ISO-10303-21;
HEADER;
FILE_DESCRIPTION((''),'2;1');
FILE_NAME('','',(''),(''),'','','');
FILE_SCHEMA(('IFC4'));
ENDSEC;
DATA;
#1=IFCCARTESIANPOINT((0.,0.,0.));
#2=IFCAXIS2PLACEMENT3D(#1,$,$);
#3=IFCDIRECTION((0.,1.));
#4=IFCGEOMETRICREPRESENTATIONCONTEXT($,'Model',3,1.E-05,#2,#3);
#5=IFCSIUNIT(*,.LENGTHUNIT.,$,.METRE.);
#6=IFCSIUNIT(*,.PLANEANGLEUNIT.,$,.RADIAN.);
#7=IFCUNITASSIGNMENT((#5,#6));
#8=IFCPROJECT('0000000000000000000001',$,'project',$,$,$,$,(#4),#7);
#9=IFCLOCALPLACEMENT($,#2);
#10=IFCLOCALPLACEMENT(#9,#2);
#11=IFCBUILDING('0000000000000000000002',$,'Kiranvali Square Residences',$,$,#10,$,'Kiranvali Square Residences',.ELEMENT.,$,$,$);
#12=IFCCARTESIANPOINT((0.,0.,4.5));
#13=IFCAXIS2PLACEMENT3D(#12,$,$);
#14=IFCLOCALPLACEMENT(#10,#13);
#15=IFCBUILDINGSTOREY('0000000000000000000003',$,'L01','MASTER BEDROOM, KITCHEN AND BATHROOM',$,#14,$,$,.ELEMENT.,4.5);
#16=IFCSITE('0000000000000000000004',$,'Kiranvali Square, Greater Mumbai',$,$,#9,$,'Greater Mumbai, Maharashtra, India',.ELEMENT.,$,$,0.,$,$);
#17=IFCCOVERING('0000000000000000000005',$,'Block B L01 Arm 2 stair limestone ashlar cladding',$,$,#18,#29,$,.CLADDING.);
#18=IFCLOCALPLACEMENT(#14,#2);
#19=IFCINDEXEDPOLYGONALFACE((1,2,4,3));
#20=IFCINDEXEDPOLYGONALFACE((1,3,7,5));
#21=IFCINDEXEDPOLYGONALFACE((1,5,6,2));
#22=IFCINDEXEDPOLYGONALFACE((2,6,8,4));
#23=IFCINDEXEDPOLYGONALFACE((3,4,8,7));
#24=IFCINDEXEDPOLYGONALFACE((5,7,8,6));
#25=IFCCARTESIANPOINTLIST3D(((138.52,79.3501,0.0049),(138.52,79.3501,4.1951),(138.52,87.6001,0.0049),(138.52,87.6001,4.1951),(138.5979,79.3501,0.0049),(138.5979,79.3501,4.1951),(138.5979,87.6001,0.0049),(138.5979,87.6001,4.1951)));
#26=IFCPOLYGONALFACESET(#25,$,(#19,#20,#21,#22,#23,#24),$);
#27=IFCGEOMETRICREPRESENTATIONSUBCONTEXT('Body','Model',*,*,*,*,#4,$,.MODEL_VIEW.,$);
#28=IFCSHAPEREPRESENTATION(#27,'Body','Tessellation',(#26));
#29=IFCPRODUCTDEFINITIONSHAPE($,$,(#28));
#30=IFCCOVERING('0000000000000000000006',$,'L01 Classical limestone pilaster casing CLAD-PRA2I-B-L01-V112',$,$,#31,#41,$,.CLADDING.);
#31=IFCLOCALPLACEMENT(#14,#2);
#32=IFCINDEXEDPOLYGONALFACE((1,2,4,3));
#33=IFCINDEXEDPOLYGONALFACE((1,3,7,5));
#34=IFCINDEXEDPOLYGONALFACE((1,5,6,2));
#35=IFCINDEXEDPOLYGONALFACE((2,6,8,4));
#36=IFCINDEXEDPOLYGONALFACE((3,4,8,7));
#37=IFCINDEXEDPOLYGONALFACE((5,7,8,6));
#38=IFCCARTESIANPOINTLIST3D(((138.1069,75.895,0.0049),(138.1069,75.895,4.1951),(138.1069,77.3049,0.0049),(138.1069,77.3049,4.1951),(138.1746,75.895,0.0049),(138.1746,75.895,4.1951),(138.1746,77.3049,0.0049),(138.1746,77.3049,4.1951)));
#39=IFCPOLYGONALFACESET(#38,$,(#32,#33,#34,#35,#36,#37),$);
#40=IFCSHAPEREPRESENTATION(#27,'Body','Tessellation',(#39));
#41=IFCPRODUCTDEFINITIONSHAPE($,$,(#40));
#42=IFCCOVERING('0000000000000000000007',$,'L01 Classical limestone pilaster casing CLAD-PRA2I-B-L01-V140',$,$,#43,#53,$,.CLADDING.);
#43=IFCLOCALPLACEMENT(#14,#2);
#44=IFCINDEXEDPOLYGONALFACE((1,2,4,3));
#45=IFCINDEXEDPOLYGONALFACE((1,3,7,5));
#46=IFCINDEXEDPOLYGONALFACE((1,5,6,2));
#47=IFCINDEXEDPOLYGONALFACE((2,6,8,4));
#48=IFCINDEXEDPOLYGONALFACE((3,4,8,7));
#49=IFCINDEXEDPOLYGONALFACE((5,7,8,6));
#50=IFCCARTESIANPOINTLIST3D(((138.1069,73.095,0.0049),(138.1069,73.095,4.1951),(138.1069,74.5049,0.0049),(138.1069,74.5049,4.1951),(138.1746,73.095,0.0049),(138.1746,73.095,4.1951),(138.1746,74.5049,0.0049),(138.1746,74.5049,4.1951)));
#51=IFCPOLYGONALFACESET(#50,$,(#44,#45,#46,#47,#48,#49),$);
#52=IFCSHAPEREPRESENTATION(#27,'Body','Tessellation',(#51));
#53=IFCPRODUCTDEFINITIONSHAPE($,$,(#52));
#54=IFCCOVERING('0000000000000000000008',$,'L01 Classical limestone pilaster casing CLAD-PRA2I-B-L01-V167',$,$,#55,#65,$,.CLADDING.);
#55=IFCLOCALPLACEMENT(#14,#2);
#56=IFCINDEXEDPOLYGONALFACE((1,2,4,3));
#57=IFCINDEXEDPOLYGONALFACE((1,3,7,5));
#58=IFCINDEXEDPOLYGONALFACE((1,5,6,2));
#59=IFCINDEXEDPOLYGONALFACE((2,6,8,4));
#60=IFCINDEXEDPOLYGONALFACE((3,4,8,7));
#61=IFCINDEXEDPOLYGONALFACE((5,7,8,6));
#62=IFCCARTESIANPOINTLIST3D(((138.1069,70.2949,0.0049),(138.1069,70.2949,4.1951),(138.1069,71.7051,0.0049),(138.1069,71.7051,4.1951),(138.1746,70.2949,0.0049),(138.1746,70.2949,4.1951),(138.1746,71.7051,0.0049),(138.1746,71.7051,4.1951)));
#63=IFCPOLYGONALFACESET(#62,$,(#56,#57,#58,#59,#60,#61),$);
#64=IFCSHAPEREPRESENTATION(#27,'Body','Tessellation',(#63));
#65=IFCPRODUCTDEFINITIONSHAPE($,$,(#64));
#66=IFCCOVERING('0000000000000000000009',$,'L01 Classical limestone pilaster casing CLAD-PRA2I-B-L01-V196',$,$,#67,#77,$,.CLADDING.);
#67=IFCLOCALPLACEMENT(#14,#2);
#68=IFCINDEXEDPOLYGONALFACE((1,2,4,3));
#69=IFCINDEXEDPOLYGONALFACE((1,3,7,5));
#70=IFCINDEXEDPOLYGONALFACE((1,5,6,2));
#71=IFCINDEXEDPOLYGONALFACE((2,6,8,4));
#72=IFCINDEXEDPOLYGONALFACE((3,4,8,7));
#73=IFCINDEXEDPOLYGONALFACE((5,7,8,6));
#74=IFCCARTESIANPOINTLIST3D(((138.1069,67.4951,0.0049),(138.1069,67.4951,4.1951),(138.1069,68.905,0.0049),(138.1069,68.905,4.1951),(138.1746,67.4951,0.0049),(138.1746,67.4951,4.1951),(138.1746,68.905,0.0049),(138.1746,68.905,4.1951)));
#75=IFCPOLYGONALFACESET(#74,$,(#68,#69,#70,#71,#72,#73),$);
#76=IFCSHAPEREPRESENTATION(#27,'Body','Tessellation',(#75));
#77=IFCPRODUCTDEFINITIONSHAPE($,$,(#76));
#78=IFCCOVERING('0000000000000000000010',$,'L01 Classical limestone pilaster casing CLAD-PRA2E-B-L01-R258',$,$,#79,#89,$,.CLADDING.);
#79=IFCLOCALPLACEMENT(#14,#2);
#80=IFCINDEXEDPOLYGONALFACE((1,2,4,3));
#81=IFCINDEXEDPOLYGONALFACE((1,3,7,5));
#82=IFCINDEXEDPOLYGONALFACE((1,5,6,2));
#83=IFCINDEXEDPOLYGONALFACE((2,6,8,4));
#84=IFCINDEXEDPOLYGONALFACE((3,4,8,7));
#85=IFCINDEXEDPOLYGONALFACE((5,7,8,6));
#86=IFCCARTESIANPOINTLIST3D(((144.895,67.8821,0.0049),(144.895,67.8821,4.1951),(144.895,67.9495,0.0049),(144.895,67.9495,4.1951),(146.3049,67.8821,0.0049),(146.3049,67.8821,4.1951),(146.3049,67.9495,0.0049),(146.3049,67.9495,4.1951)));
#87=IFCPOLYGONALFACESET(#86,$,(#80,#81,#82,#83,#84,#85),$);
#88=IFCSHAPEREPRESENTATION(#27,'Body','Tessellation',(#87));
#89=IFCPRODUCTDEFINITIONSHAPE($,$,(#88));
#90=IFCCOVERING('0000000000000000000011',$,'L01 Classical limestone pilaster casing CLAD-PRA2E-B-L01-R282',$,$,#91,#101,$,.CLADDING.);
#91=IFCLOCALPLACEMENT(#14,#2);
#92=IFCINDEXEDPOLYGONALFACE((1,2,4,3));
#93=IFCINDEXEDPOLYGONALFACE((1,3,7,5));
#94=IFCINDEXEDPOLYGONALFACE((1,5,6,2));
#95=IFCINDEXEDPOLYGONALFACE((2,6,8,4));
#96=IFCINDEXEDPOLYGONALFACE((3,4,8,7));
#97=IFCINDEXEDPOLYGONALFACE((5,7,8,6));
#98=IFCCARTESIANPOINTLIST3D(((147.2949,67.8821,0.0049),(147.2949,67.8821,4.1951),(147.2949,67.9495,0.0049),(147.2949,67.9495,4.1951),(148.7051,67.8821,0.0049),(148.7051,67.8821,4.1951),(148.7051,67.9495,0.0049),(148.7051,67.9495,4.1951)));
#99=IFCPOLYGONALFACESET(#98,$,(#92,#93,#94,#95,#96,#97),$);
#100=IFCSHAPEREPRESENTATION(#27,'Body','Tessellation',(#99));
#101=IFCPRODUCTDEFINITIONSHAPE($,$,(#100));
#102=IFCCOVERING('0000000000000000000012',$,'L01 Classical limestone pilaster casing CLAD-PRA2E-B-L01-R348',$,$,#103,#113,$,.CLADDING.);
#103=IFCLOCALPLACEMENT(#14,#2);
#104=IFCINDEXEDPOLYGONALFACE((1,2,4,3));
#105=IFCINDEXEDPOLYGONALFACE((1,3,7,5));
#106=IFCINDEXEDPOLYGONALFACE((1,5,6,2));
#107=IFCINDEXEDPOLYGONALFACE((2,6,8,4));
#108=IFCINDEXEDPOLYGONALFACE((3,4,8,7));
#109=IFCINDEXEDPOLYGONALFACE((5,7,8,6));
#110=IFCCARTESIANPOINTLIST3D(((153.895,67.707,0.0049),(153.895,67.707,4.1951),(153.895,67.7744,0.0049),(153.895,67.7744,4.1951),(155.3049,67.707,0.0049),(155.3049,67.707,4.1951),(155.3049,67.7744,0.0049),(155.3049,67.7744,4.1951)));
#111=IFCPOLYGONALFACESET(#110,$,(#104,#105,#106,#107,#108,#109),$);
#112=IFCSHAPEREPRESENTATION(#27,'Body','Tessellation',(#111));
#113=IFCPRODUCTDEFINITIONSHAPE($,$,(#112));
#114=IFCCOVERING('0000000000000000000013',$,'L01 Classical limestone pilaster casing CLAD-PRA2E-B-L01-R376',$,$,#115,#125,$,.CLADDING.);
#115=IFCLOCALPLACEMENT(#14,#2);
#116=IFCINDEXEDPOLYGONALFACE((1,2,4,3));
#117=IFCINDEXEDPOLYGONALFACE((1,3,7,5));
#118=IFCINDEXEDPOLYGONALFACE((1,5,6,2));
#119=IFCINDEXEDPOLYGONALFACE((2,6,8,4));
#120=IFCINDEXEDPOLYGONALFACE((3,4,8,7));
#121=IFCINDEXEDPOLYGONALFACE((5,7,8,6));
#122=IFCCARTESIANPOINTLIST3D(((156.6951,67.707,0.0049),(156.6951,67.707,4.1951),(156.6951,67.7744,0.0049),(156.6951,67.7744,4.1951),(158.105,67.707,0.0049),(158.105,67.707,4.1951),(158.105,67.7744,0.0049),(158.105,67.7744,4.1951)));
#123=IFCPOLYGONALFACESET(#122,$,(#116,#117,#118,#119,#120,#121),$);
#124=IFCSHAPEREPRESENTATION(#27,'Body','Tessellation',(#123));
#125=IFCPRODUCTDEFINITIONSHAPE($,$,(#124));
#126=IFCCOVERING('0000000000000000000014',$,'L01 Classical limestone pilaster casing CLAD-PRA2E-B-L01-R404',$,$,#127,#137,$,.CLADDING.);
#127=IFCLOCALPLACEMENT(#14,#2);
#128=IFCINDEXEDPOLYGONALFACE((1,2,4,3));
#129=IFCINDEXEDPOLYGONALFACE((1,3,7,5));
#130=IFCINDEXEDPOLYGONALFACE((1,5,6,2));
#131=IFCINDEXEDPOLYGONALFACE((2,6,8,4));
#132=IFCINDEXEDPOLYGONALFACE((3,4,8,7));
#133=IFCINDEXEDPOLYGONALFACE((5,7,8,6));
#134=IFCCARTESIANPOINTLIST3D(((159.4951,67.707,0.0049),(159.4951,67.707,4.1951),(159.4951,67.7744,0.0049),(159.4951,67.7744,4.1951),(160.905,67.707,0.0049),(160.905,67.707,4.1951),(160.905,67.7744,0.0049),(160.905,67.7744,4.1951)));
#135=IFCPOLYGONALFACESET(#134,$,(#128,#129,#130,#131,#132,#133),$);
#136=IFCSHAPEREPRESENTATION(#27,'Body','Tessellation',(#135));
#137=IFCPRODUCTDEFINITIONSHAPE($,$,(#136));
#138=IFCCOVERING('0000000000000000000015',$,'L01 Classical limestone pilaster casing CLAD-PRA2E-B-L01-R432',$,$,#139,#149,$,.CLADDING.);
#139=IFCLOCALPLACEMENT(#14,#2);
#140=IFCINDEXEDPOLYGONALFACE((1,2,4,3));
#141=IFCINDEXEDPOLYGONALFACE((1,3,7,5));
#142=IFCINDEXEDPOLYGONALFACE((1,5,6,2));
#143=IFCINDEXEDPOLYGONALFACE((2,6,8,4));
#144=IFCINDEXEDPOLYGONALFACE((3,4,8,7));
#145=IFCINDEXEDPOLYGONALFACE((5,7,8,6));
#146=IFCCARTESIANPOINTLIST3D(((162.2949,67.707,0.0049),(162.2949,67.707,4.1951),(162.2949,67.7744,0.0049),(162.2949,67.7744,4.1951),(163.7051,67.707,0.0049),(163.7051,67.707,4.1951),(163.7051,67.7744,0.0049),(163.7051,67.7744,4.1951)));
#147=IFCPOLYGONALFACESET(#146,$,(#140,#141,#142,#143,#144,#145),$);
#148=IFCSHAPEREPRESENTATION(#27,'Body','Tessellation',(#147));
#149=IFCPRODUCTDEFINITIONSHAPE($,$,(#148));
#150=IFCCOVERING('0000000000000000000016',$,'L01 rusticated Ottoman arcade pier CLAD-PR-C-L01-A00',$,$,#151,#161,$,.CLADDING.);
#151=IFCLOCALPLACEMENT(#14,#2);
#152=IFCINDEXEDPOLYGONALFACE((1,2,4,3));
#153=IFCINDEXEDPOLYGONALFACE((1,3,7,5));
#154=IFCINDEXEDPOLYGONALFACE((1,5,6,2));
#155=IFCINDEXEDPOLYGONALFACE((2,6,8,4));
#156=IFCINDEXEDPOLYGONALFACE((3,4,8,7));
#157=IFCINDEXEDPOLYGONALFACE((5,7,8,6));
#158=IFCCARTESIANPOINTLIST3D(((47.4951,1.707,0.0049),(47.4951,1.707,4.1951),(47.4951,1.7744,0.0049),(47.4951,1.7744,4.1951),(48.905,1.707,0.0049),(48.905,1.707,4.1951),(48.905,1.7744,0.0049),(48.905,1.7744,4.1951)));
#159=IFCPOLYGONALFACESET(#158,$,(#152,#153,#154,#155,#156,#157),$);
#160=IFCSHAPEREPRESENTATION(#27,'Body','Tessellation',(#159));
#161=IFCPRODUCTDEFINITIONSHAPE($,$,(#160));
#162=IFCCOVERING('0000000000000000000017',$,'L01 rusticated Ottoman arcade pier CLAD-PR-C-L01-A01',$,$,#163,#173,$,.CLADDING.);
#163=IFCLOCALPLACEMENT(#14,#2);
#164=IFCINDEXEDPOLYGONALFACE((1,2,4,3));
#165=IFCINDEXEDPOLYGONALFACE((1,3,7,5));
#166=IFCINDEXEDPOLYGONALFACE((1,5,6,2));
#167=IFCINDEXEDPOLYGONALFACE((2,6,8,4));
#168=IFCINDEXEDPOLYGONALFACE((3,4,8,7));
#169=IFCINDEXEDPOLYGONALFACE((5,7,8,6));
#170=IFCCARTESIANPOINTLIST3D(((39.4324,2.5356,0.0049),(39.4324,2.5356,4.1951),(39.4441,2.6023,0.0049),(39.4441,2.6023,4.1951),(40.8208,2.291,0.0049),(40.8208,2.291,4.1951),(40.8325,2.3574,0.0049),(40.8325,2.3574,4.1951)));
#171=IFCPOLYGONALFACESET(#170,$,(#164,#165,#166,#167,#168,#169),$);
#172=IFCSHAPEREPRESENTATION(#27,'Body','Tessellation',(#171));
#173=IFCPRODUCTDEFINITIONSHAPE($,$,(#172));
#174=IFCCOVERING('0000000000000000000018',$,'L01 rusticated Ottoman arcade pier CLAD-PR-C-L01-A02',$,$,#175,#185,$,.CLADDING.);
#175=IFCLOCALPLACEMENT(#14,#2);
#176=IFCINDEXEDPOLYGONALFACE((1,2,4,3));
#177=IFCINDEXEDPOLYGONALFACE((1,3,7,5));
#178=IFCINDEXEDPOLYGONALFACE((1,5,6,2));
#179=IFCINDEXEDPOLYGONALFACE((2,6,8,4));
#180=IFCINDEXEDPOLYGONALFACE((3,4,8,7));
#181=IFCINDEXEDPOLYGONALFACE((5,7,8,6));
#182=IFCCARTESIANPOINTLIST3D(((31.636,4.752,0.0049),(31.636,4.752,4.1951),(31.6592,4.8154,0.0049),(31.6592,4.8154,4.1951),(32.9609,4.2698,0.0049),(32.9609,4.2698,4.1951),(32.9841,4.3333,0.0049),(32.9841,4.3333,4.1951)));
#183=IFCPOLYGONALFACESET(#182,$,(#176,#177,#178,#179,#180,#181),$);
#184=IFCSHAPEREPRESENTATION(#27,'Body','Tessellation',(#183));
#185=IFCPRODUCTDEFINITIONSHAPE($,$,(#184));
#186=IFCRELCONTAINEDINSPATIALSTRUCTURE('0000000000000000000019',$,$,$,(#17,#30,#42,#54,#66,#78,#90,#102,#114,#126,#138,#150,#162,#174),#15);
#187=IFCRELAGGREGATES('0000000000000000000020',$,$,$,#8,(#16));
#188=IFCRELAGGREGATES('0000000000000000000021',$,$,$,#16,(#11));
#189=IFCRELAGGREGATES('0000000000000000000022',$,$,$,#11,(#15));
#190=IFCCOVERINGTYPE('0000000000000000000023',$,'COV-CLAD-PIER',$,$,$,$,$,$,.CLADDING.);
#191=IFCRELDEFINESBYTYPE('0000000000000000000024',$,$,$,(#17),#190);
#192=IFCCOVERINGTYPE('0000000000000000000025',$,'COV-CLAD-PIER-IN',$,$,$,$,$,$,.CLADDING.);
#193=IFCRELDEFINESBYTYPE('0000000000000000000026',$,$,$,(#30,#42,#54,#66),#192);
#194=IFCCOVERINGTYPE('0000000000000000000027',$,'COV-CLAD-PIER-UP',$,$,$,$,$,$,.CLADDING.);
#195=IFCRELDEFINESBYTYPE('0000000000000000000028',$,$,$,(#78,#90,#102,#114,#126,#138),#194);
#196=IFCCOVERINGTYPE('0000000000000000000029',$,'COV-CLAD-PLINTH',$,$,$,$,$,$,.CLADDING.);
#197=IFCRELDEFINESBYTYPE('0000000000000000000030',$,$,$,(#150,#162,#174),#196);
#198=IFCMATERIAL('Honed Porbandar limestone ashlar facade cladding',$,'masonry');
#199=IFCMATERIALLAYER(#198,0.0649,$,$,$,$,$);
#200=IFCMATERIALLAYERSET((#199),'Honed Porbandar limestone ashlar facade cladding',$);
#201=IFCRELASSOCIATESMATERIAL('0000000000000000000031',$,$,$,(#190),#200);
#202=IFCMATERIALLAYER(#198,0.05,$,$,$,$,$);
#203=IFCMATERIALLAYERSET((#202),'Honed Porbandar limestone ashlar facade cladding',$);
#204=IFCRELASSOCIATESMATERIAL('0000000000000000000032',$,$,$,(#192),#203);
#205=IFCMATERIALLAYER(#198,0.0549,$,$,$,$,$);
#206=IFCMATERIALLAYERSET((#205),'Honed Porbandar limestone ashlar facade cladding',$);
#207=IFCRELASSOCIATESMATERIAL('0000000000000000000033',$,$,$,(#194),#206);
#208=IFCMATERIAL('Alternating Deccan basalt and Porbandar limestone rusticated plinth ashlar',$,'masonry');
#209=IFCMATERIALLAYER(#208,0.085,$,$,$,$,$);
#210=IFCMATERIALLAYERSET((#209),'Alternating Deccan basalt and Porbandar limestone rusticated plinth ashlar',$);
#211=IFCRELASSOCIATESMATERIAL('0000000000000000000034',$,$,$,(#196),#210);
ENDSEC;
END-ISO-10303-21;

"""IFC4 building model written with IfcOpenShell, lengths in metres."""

from ifc_helpers import new_model, si_unit, direction, frame, origin, place, context, subcontext, project, spatial, polyline, outline, extrude, material, layer, layer_set, type_object, element, save


model = new_model("IFC4")

# Units and contexts
model_context = context("Model", 3, precision=1e-05, world=origin(), true_north=direction((0.0, 1.0)))
body_context = subcontext(model_context, "Body", "Model", "MODEL_VIEW")
ifc_project = project(units=[si_unit("LENGTHUNIT", "METRE"), si_unit("PLANEANGLEUNIT", "RADIAN")], contexts=[model_context])

# Site, building, storey
site_placement = place(None, origin())
site = spatial("IfcSite", under=ifc_project, at=site_placement, Name="Kiranvali Square, Greater Mumbai", LongName="Greater Mumbai, Maharashtra, India", CompositionType="ELEMENT", RefElevation=0.0)
building_placement = place(site_placement, origin())
building = spatial("IfcBuilding", under=site, at=building_placement, Name="Kiranvali Square Residences", LongName="Kiranvali Square Residences", CompositionType="ELEMENT")
storey_placement = place(building_placement, frame((0.0, 0.0, 4.5)))
storey = spatial("IfcBuildingStorey", under=building, at=storey_placement, Name="L01", Description="MASTER BEDROOM, KITCHEN AND BATHROOM", CompositionType="ELEMENT", Elevation=4.5)

# Coverings
ifc_material_1 = material(Name="Honed Porbandar limestone ashlar facade cladding", Category="masonry")
ifc_layer_1 = layer(ifc_material_1, 0.0649)
ifc_layer_set_1 = layer_set([ifc_layer_1], Name="Honed Porbandar limestone ashlar facade cladding")
covering_type_1 = type_object("IfcCoveringType", Name="COV-CLAD-PIER", PredefinedType="CLADDING", material=ifc_layer_set_1)
covering_1_placement = place(storey_placement, frame((0.0, 0.0, 0.0049)))
element("IfcCovering", 1, at=covering_1_placement, inside=storey, type_object=covering_type_1, Name="Block B L01 Arm 2 stair limestone ashlar cladding", PredefinedType="CLADDING", context=body_context, shape_type="SweptSolid", body=[
    extrude(outline(polyline([(138.52, 87.6001), (138.52, 79.3501), (138.5979, 79.3501), (138.5979, 87.6001), (138.52, 87.6001)])), origin(), (0.0, 0.0, 1.0), 4.1902),
])
ifc_layer_2 = layer(ifc_material_1, 0.05)
ifc_layer_set_2 = layer_set([ifc_layer_2], Name="Honed Porbandar limestone ashlar facade cladding")
covering_type_2 = type_object("IfcCoveringType", Name="COV-CLAD-PIER-IN", PredefinedType="CLADDING", material=ifc_layer_set_2)
covering_2_placement = place(storey_placement, frame((0.0, 0.0, 0.0049)))
element("IfcCovering", 2, at=covering_2_placement, inside=storey, type_object=covering_type_2, Name="L01 Classical limestone pilaster casing CLAD-PRA2I-B-L01-V112", PredefinedType="CLADDING", context=body_context, shape_type="SweptSolid", body=[
    extrude(outline(polyline([(138.1069, 77.3049), (138.1069, 75.895), (138.1746, 75.895), (138.1746, 77.3049), (138.1069, 77.3049)])), origin(), (0.0, 0.0, 1.0), 4.1902),
])
covering_3_placement = place(storey_placement, frame((0.0, 0.0, 0.0049)))
element("IfcCovering", 3, at=covering_3_placement, inside=storey, type_object=covering_type_2, Name="L01 Classical limestone pilaster casing CLAD-PRA2I-B-L01-V140", PredefinedType="CLADDING", context=body_context, shape_type="SweptSolid", body=[
    extrude(outline(polyline([(138.1069, 74.5049), (138.1069, 73.095), (138.1746, 73.095), (138.1746, 74.5049), (138.1069, 74.5049)])), origin(), (0.0, 0.0, 1.0), 4.1902),
])
covering_4_placement = place(storey_placement, frame((0.0, 0.0, 0.0049)))
element("IfcCovering", 4, at=covering_4_placement, inside=storey, type_object=covering_type_2, Name="L01 Classical limestone pilaster casing CLAD-PRA2I-B-L01-V167", PredefinedType="CLADDING", context=body_context, shape_type="SweptSolid", body=[
    extrude(outline(polyline([(138.1069, 71.7051), (138.1069, 70.2949), (138.1746, 70.2949), (138.1746, 71.7051), (138.1069, 71.7051)])), origin(), (0.0, 0.0, 1.0), 4.1902),
])
covering_5_placement = place(storey_placement, frame((0.0, 0.0, 0.0049)))
element("IfcCovering", 5, at=covering_5_placement, inside=storey, type_object=covering_type_2, Name="L01 Classical limestone pilaster casing CLAD-PRA2I-B-L01-V196", PredefinedType="CLADDING", context=body_context, shape_type="SweptSolid", body=[
    extrude(outline(polyline([(138.1069, 68.905), (138.1069, 67.4951), (138.1746, 67.4951), (138.1746, 68.905), (138.1069, 68.905)])), origin(), (0.0, 0.0, 1.0), 4.1902),
])
ifc_layer_3 = layer(ifc_material_1, 0.0549)
ifc_layer_set_3 = layer_set([ifc_layer_3], Name="Honed Porbandar limestone ashlar facade cladding")
covering_type_3 = type_object("IfcCoveringType", Name="COV-CLAD-PIER-UP", PredefinedType="CLADDING", material=ifc_layer_set_3)
covering_6_placement = place(storey_placement, frame((0.0, 0.0, 0.0049)))
element("IfcCovering", 6, at=covering_6_placement, inside=storey, type_object=covering_type_3, Name="L01 Classical limestone pilaster casing CLAD-PRA2E-B-L01-R258", PredefinedType="CLADDING", context=body_context, shape_type="SweptSolid", body=[
    extrude(outline(polyline([(144.895, 67.8821), (146.3049, 67.8821), (146.3049, 67.9495), (144.895, 67.9495), (144.895, 67.8821)])), origin(), (0.0, 0.0, 1.0), 4.1902),
])
covering_7_placement = place(storey_placement, frame((0.0, 0.0, 0.0049)))
element("IfcCovering", 7, at=covering_7_placement, inside=storey, type_object=covering_type_3, Name="L01 Classical limestone pilaster casing CLAD-PRA2E-B-L01-R282", PredefinedType="CLADDING", context=body_context, shape_type="SweptSolid", body=[
    extrude(outline(polyline([(147.2949, 67.8821), (148.7051, 67.8821), (148.7051, 67.9495), (147.2949, 67.9495), (147.2949, 67.8821)])), origin(), (0.0, 0.0, 1.0), 4.1902),
])
covering_8_placement = place(storey_placement, frame((0.0, 0.0, 0.0049)))
element("IfcCovering", 8, at=covering_8_placement, inside=storey, type_object=covering_type_3, Name="L01 Classical limestone pilaster casing CLAD-PRA2E-B-L01-R348", PredefinedType="CLADDING", context=body_context, shape_type="SweptSolid", body=[
    extrude(outline(polyline([(153.895, 67.707), (155.3049, 67.707), (155.3049, 67.7744), (153.895, 67.7744), (153.895, 67.707)])), origin(), (0.0, 0.0, 1.0), 4.1902),
])
covering_9_placement = place(storey_placement, frame((0.0, 0.0, 0.0049)))
element("IfcCovering", 9, at=covering_9_placement, inside=storey, type_object=covering_type_3, Name="L01 Classical limestone pilaster casing CLAD-PRA2E-B-L01-R376", PredefinedType="CLADDING", context=body_context, shape_type="SweptSolid", body=[
    extrude(outline(polyline([(156.6951, 67.707), (158.105, 67.707), (158.105, 67.7744), (156.6951, 67.7744), (156.6951, 67.707)])), origin(), (0.0, 0.0, 1.0), 4.1902),
])
covering_10_placement = place(storey_placement, frame((0.0, 0.0, 0.0049)))
element("IfcCovering", 10, at=covering_10_placement, inside=storey, type_object=covering_type_3, Name="L01 Classical limestone pilaster casing CLAD-PRA2E-B-L01-R404", PredefinedType="CLADDING", context=body_context, shape_type="SweptSolid", body=[
    extrude(outline(polyline([(159.4951, 67.707), (160.905, 67.707), (160.905, 67.7744), (159.4951, 67.7744), (159.4951, 67.707)])), origin(), (0.0, 0.0, 1.0), 4.1902),
])
covering_11_placement = place(storey_placement, frame((0.0, 0.0, 0.0049)))
element("IfcCovering", 11, at=covering_11_placement, inside=storey, type_object=covering_type_3, Name="L01 Classical limestone pilaster casing CLAD-PRA2E-B-L01-R432", PredefinedType="CLADDING", context=body_context, shape_type="SweptSolid", body=[
    extrude(outline(polyline([(162.2949, 67.707), (163.7051, 67.707), (163.7051, 67.7744), (162.2949, 67.7744), (162.2949, 67.707)])), origin(), (0.0, 0.0, 1.0), 4.1902),
])
ifc_material_2 = material(Name="Alternating Deccan basalt and Porbandar limestone rusticated plinth ashlar", Category="masonry")
ifc_layer_4 = layer(ifc_material_2, 0.085)
ifc_layer_set_4 = layer_set([ifc_layer_4], Name="Alternating Deccan basalt and Porbandar limestone rusticated plinth ashlar")
covering_type_4 = type_object("IfcCoveringType", Name="COV-CLAD-PLINTH", PredefinedType="CLADDING", material=ifc_layer_set_4)
covering_12_placement = place(storey_placement, frame((0.0, 0.0, 0.0049)))
element("IfcCovering", 12, at=covering_12_placement, inside=storey, type_object=covering_type_4, Name="L01 rusticated Ottoman arcade pier CLAD-PR-C-L01-A00", PredefinedType="CLADDING", context=body_context, shape_type="SweptSolid", body=[
    extrude(outline(polyline([(47.4951, 1.707), (48.905, 1.707), (48.905, 1.7744), (47.4951, 1.7744), (47.4951, 1.707)])), origin(), (0.0, 0.0, 1.0), 4.1902),
])
covering_13_placement = place(storey_placement, frame((0.0, 0.0, 0.0049)))
element("IfcCovering", 13, at=covering_13_placement, inside=storey, type_object=covering_type_4, Name="L01 rusticated Ottoman arcade pier CLAD-PR-C-L01-A01", PredefinedType="CLADDING", context=body_context, shape_type="SweptSolid", body=[
    extrude(outline(polyline([(39.4324, 2.5356), (40.8208, 2.291), (40.8325, 2.3574), (39.4441, 2.6023), (39.4324, 2.5356)])), origin(), (0.0, 0.0, 1.0), 4.1902),
])
covering_14_placement = place(storey_placement, frame((0.0, 0.0, 0.0049)))
element("IfcCovering", 14, at=covering_14_placement, inside=storey, type_object=covering_type_4, Name="L01 rusticated Ottoman arcade pier CLAD-PR-C-L01-A02", PredefinedType="CLADDING", context=body_context, shape_type="SweptSolid", body=[
    extrude(outline(polyline([(31.636, 4.752), (32.9609, 4.2698), (32.9841, 4.3333), (31.6592, 4.8154), (31.636, 4.752)])), origin(), (0.0, 0.0, 1.0), 4.1902),
])

save(model, "model.ifc")
